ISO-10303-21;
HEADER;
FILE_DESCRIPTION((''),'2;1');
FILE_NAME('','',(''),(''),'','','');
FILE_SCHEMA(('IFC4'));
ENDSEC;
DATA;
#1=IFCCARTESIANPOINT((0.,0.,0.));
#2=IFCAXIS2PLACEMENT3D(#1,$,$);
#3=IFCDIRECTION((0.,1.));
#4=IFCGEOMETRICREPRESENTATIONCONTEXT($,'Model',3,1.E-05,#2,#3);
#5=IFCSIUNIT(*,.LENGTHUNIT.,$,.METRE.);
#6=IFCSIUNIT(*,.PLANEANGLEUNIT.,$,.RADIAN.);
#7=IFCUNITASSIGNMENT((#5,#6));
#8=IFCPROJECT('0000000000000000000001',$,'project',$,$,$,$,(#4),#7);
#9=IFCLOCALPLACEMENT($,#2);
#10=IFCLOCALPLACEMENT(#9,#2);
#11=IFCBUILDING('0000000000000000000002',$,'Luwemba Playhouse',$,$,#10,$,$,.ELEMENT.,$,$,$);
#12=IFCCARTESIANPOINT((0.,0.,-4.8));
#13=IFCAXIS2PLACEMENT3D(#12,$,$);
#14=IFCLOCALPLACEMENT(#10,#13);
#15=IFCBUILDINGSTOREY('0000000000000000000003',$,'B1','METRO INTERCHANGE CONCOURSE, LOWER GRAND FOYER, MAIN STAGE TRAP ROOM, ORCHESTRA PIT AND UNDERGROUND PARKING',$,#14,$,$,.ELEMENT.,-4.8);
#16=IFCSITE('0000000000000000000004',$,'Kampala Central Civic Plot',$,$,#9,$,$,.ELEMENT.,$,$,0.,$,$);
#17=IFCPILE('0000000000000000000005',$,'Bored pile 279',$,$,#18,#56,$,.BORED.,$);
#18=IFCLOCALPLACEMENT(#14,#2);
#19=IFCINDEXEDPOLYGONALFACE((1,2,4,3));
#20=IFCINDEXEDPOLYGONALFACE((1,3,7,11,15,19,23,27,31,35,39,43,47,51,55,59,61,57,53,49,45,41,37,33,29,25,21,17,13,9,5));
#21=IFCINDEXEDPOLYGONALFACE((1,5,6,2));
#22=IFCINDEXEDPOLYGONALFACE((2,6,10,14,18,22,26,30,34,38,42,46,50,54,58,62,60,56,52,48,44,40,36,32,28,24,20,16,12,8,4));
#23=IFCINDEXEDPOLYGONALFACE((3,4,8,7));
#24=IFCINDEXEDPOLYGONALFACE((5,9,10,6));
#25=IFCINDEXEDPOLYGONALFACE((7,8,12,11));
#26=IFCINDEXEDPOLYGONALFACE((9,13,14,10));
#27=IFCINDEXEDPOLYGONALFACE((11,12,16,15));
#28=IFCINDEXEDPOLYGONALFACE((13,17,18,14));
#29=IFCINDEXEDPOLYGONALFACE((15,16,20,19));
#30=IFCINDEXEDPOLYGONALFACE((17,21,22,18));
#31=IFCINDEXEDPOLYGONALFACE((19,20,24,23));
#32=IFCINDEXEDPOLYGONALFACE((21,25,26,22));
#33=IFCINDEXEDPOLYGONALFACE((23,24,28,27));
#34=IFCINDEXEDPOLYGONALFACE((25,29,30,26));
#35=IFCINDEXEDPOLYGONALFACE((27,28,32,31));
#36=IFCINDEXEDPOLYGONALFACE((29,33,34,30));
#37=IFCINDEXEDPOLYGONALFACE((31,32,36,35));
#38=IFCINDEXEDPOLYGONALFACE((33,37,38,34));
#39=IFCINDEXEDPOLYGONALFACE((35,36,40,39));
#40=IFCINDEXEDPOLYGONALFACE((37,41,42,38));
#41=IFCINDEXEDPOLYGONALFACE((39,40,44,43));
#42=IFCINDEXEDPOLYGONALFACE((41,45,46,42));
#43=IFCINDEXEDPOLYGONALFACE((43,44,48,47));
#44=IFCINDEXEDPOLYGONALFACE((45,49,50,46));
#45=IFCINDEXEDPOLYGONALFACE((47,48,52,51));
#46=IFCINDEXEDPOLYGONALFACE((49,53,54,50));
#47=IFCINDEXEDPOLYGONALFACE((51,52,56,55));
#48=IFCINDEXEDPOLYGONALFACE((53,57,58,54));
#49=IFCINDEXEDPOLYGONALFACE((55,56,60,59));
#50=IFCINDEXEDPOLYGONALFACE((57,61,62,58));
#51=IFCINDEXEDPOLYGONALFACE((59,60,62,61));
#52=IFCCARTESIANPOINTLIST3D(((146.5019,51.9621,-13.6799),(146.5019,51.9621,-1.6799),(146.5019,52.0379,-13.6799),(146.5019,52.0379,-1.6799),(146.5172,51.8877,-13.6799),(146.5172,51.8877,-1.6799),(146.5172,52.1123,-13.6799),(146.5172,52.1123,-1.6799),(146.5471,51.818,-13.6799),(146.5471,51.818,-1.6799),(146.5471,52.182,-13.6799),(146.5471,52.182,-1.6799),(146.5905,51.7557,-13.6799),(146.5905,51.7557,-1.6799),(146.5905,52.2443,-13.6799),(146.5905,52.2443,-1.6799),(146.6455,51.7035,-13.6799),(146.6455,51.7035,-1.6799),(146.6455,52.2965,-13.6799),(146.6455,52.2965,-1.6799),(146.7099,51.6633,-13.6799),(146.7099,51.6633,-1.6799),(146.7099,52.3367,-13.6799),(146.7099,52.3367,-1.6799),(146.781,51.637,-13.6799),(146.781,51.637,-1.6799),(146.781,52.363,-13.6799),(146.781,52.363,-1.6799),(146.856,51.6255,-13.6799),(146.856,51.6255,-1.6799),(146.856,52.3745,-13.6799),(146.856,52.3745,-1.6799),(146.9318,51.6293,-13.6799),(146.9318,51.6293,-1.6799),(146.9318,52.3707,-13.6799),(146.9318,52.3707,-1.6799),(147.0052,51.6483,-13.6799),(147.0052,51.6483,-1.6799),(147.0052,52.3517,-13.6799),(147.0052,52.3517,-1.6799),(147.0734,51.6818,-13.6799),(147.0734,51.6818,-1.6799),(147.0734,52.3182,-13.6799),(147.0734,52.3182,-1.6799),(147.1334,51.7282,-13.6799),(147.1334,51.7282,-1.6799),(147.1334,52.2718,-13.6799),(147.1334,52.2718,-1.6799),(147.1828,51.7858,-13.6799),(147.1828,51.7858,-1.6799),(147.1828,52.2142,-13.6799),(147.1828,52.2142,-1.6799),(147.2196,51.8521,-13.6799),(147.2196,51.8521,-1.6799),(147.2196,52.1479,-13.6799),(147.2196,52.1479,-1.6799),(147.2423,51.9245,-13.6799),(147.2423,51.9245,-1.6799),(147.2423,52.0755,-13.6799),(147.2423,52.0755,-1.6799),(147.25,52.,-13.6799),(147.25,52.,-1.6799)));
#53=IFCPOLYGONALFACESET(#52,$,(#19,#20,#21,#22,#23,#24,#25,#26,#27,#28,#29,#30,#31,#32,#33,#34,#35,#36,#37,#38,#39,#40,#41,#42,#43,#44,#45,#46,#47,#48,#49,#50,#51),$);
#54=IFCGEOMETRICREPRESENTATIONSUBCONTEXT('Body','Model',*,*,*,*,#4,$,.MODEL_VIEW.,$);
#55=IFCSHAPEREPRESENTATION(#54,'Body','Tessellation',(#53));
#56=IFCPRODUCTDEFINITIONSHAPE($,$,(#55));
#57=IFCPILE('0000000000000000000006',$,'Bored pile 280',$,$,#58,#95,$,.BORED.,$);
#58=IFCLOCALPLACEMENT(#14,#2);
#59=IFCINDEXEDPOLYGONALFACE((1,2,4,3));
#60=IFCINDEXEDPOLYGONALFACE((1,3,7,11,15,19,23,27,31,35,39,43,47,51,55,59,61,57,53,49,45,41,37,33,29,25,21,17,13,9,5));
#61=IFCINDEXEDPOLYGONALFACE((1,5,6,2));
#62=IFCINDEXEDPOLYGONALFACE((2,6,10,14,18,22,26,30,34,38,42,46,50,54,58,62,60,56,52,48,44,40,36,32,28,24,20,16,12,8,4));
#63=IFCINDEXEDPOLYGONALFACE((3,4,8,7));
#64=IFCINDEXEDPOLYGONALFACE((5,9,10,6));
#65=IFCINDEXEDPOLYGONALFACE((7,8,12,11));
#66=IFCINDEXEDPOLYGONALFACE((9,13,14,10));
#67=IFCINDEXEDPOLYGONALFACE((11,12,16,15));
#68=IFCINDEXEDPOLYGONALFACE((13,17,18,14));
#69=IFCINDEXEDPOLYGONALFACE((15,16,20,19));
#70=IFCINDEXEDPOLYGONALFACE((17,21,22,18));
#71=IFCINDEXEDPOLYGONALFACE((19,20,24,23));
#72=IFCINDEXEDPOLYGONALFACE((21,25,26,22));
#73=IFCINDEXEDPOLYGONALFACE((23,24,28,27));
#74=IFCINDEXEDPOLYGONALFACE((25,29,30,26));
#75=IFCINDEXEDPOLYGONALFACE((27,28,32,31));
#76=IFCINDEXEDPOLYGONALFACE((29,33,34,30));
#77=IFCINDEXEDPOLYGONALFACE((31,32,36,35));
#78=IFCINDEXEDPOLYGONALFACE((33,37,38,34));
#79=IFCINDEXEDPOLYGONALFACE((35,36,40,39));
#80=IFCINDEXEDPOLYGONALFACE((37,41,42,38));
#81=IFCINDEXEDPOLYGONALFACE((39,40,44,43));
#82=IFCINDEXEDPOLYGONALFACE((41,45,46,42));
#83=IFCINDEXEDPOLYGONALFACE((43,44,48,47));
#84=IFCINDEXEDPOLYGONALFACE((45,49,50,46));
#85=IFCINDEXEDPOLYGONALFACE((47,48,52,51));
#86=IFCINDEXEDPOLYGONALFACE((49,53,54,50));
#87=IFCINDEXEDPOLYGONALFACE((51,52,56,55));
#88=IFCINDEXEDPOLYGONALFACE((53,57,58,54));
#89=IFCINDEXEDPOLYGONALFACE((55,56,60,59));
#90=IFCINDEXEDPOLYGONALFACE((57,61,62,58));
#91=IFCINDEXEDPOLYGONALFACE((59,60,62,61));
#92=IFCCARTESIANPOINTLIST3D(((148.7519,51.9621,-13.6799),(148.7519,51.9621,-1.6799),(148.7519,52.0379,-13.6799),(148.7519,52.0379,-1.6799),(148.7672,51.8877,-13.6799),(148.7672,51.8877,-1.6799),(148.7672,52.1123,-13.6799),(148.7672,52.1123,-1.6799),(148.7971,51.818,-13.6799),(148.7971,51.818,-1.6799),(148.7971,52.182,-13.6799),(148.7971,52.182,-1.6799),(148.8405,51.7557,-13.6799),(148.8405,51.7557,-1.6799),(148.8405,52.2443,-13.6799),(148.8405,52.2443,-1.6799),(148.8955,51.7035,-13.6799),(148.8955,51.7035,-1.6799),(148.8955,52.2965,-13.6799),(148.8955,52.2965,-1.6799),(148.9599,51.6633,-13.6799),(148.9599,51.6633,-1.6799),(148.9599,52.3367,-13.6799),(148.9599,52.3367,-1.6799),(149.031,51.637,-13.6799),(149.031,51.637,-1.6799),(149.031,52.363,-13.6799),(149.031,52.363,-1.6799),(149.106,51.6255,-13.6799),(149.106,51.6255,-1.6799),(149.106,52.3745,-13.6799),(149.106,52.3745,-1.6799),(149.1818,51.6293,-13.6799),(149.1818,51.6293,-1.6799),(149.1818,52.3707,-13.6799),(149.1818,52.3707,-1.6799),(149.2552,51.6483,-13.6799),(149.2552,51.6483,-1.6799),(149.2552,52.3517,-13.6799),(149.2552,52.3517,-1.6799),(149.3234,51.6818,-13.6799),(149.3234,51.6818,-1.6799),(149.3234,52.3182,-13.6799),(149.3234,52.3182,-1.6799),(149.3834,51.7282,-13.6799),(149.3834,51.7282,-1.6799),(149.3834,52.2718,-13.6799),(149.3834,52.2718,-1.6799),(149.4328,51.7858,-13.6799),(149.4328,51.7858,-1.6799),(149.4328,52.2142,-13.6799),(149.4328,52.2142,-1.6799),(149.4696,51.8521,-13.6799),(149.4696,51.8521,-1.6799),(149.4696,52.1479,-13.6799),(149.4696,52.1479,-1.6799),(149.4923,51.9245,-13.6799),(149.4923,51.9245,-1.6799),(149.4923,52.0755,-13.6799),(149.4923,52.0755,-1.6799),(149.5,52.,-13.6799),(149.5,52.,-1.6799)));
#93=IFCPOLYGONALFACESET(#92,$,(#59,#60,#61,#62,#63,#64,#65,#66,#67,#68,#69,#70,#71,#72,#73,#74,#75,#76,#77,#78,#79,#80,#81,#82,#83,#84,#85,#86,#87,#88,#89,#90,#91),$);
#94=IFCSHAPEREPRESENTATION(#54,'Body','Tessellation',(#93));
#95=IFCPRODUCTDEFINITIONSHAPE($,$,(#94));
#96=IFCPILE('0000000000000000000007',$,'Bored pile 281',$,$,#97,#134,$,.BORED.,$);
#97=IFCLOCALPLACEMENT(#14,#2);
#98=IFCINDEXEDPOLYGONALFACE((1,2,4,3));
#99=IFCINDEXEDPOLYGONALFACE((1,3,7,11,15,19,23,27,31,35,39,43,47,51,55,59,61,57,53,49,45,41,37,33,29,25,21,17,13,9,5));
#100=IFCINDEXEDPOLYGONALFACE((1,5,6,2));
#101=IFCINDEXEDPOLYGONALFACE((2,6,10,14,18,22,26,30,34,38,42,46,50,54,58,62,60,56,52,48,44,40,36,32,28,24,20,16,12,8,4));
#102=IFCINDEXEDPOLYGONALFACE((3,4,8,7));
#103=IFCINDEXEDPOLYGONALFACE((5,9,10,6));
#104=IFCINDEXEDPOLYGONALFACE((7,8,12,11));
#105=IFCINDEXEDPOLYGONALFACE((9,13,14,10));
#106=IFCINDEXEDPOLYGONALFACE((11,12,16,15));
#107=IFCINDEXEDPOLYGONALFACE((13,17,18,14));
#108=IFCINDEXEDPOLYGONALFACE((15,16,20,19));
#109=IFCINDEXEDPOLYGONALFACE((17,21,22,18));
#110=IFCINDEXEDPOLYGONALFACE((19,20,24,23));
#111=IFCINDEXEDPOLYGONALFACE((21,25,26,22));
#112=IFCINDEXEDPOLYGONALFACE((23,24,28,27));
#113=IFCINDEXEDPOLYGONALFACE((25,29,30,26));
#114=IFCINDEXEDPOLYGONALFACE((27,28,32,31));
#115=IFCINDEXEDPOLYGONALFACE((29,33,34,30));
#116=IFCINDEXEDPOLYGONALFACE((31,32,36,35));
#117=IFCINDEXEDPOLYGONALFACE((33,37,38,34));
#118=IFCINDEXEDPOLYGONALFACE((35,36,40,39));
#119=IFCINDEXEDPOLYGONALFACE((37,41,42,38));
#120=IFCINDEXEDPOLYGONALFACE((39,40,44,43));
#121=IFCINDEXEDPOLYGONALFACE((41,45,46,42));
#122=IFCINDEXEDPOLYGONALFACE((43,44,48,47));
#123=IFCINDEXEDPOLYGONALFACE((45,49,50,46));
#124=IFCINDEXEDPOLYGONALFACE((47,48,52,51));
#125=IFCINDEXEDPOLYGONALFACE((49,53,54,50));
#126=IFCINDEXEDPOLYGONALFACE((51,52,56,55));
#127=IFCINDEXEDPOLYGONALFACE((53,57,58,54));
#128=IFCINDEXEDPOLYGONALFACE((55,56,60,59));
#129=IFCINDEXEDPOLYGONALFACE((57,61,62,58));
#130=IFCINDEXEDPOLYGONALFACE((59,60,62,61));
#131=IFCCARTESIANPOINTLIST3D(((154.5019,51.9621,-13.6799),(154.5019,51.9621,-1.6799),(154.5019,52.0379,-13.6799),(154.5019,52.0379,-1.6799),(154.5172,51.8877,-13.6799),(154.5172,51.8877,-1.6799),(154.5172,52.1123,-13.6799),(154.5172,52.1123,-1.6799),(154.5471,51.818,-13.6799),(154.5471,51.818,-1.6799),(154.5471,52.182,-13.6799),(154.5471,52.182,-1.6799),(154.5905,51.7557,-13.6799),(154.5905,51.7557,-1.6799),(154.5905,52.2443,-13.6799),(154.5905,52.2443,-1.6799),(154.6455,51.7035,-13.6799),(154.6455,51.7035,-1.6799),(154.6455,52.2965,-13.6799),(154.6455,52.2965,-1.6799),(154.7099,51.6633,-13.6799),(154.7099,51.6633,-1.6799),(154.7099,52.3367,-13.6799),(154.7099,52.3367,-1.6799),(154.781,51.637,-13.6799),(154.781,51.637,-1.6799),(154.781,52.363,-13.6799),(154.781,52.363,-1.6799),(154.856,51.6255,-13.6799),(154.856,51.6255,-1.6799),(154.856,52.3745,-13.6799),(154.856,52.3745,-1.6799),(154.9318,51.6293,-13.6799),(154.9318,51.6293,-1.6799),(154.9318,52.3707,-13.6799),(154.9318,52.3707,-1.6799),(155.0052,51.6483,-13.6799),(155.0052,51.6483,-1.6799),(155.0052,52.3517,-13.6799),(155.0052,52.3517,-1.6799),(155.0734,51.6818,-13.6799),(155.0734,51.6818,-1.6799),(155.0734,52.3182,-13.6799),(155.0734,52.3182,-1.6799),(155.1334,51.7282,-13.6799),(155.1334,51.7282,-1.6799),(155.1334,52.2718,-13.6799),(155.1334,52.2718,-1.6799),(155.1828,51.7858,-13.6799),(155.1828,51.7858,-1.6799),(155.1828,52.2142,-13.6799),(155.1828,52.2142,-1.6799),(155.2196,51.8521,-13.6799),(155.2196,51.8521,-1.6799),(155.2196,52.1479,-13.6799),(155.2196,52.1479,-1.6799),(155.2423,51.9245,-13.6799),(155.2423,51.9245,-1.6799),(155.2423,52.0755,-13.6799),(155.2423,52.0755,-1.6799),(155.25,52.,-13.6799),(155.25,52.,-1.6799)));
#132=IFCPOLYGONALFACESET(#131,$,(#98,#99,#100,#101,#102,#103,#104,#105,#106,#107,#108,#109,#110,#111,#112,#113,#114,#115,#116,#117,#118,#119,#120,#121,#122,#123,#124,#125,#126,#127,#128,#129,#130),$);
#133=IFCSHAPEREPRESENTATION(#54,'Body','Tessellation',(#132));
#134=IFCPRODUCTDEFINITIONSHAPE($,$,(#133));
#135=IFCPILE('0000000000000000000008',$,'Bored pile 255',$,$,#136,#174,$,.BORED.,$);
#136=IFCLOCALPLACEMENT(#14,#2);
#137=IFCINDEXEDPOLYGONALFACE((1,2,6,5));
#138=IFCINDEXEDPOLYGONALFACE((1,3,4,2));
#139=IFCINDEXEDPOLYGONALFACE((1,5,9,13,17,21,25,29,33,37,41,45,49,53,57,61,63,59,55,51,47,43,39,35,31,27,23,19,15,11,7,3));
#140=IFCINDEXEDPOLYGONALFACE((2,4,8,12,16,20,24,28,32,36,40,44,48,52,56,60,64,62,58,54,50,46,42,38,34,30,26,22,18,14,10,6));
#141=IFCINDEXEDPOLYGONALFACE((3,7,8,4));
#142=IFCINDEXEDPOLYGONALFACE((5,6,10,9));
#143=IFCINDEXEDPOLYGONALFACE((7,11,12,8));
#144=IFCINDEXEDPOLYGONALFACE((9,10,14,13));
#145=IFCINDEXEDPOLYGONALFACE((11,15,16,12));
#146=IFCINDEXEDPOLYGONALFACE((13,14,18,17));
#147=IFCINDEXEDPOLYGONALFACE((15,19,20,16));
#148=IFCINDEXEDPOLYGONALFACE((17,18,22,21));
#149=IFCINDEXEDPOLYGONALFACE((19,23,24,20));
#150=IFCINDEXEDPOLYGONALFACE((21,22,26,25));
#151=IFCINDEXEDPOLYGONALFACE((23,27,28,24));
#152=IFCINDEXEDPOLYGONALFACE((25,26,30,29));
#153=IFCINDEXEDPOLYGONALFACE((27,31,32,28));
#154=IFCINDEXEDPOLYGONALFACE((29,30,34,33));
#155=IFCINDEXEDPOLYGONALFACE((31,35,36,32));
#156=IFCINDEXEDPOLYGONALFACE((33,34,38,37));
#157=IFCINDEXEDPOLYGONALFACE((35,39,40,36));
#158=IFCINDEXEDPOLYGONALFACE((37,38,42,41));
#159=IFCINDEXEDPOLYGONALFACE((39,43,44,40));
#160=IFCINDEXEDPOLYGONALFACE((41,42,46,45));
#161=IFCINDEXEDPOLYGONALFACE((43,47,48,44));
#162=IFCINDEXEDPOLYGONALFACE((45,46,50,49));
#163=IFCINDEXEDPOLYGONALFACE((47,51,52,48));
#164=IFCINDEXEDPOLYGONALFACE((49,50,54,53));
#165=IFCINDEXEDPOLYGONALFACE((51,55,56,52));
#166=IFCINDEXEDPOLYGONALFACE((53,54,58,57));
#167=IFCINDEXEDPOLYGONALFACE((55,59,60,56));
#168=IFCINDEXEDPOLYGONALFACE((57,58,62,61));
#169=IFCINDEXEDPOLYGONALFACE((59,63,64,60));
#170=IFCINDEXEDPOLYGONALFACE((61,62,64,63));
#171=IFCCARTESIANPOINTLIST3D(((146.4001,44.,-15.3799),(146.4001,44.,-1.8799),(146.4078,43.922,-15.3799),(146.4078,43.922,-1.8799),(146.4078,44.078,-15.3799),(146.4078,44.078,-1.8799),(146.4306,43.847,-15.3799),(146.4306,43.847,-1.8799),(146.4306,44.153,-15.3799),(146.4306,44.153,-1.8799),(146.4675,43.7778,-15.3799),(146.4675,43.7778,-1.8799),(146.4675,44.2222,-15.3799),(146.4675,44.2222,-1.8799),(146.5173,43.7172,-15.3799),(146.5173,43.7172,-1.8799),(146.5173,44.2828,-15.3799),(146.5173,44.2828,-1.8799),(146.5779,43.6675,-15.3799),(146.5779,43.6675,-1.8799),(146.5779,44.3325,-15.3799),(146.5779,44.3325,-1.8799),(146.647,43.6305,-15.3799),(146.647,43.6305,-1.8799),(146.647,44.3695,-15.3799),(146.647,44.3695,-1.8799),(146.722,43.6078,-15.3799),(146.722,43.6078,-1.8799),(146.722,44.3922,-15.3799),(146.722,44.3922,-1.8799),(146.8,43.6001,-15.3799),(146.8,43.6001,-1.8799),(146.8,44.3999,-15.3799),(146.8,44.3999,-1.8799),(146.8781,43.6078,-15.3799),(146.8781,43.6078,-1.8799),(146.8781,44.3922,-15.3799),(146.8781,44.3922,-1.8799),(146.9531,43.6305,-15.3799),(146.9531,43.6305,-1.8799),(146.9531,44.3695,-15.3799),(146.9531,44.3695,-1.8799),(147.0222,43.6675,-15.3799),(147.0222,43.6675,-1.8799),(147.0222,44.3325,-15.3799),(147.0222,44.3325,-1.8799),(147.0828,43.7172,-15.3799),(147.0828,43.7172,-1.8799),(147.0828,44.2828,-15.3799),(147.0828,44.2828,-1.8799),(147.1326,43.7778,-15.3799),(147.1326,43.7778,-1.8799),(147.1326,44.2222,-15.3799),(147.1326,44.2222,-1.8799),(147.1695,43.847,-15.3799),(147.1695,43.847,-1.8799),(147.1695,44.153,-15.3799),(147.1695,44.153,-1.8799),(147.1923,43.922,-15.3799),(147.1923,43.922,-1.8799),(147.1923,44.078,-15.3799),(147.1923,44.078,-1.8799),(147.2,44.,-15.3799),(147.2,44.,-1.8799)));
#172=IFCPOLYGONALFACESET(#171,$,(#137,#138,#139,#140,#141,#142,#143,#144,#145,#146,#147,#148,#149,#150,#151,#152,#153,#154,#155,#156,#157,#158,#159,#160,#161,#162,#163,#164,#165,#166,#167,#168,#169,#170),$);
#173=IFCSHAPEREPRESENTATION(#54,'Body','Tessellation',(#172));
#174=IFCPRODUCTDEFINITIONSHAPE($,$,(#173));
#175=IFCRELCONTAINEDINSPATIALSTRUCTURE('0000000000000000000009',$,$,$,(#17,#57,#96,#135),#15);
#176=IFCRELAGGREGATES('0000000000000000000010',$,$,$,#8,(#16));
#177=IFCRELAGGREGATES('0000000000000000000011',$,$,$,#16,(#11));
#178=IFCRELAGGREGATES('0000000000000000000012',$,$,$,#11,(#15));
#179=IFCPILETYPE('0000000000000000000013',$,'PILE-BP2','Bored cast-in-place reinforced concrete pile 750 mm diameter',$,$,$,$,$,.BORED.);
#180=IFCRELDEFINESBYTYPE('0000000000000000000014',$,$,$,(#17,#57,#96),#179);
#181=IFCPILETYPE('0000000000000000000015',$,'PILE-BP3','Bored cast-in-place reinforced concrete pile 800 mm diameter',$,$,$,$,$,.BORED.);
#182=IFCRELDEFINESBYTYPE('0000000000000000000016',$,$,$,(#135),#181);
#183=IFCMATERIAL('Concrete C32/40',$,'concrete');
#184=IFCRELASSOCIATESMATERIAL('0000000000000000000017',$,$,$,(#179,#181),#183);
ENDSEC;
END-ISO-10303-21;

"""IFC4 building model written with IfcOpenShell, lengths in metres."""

from ifc_helpers import new_model, si_unit, direction, frame, origin, origin_2d, place, context, subcontext, project, spatial, circle, extrude, material, material_profile, profile_set, type_object, element, save


model = new_model("IFC4")

# Units and contexts
model_context = context("Model", 3, precision=1e-05, world=origin(), true_north=direction((0.0, 1.0)))
body_context = subcontext(model_context, "Body", "Model", "MODEL_VIEW")
ifc_project = project(units=[si_unit("LENGTHUNIT", "METRE"), si_unit("PLANEANGLEUNIT", "RADIAN")], contexts=[model_context])

# Site, building, storey
site_placement = place(None, origin())
site = spatial("IfcSite", under=ifc_project, at=site_placement, Name="Kampala Central Civic Plot", CompositionType="ELEMENT", RefElevation=0.0)
building_placement = place(site_placement, origin())
building = spatial("IfcBuilding", under=site, at=building_placement, Name="Luwemba Playhouse", CompositionType="ELEMENT")
storey_placement = place(building_placement, frame((0.0, 0.0, -4.8)))
storey = spatial("IfcBuildingStorey", under=building, at=storey_placement, Name="B1", Description="METRO INTERCHANGE CONCOURSE, LOWER GRAND FOYER, MAIN STAGE TRAP ROOM, ORCHESTRA PIT AND UNDERGROUND PARKING", CompositionType="ELEMENT", Elevation=-4.8)

# Shared definitions
ifc_material_1 = material(Name="Concrete C32/40", Category="concrete")

# Piles
ifc_material_profile_1 = material_profile(ifc_material_1, circle(Radius=0.375, at=origin_2d()))
ifc_profile_set_1 = profile_set([ifc_material_profile_1], Name="Concrete C32/40")
pile_type_1 = type_object("IfcPileType", Name="PILE-BP2", Description="Bored cast-in-place reinforced concrete pile 750 mm diameter", PredefinedType="BORED", material=ifc_profile_set_1)
for number, where, z_axis, x_axis, name in (
    (1, (146.875, 52.0, -1.6799), (0.0, 0.0, -1.0), (1.0, 0.0, 0.0), "Bored pile 279"),
    (2, (149.125, 52.0, -1.6799), (0.0, 0.0, -1.0), (1.0, 0.0, 0.0), "Bored pile 280"),
    (3, (154.875, 52.0, -1.6799), (0.0, 0.0, -1.0), (1.0, 0.0, 0.0), "Bored pile 281"),
):
    element("IfcPile", number, at=place(storey_placement, frame(where, z_axis=z_axis, x_axis=x_axis)), inside=storey, type_object=pile_type_1, Name=name, PredefinedType="BORED", context=body_context, shape_type="SweptSolid", body=[
        extrude(circle(Radius=0.375, at=origin_2d()), origin(), (0.0, 0.0, 1.0), 12.0),
    ])
ifc_material_profile_2 = material_profile(ifc_material_1, circle(Radius=0.3999, at=origin_2d()))
ifc_profile_set_2 = profile_set([ifc_material_profile_2], Name="Concrete C32/40")
pile_type_2 = type_object("IfcPileType", Name="PILE-BP3", Description="Bored cast-in-place reinforced concrete pile 800 mm diameter", PredefinedType="BORED", material=ifc_profile_set_2)
for number, where, z_axis, x_axis, name in (
    (4, (146.8, 44.0, -1.8799), (0.0, 0.0, -1.0), (1.0, 0.0, 0.0), "Bored pile 255"),
):
    element("IfcPile", number, at=place(storey_placement, frame(where, z_axis=z_axis, x_axis=x_axis)), inside=storey, type_object=pile_type_2, Name=name, PredefinedType="BORED", context=body_context, shape_type="SweptSolid", body=[
        extrude(circle(Radius=0.3999, at=origin_2d()), origin(), (0.0, 0.0, 1.0), 13.5),
    ])

save(model, "model.ifc")
